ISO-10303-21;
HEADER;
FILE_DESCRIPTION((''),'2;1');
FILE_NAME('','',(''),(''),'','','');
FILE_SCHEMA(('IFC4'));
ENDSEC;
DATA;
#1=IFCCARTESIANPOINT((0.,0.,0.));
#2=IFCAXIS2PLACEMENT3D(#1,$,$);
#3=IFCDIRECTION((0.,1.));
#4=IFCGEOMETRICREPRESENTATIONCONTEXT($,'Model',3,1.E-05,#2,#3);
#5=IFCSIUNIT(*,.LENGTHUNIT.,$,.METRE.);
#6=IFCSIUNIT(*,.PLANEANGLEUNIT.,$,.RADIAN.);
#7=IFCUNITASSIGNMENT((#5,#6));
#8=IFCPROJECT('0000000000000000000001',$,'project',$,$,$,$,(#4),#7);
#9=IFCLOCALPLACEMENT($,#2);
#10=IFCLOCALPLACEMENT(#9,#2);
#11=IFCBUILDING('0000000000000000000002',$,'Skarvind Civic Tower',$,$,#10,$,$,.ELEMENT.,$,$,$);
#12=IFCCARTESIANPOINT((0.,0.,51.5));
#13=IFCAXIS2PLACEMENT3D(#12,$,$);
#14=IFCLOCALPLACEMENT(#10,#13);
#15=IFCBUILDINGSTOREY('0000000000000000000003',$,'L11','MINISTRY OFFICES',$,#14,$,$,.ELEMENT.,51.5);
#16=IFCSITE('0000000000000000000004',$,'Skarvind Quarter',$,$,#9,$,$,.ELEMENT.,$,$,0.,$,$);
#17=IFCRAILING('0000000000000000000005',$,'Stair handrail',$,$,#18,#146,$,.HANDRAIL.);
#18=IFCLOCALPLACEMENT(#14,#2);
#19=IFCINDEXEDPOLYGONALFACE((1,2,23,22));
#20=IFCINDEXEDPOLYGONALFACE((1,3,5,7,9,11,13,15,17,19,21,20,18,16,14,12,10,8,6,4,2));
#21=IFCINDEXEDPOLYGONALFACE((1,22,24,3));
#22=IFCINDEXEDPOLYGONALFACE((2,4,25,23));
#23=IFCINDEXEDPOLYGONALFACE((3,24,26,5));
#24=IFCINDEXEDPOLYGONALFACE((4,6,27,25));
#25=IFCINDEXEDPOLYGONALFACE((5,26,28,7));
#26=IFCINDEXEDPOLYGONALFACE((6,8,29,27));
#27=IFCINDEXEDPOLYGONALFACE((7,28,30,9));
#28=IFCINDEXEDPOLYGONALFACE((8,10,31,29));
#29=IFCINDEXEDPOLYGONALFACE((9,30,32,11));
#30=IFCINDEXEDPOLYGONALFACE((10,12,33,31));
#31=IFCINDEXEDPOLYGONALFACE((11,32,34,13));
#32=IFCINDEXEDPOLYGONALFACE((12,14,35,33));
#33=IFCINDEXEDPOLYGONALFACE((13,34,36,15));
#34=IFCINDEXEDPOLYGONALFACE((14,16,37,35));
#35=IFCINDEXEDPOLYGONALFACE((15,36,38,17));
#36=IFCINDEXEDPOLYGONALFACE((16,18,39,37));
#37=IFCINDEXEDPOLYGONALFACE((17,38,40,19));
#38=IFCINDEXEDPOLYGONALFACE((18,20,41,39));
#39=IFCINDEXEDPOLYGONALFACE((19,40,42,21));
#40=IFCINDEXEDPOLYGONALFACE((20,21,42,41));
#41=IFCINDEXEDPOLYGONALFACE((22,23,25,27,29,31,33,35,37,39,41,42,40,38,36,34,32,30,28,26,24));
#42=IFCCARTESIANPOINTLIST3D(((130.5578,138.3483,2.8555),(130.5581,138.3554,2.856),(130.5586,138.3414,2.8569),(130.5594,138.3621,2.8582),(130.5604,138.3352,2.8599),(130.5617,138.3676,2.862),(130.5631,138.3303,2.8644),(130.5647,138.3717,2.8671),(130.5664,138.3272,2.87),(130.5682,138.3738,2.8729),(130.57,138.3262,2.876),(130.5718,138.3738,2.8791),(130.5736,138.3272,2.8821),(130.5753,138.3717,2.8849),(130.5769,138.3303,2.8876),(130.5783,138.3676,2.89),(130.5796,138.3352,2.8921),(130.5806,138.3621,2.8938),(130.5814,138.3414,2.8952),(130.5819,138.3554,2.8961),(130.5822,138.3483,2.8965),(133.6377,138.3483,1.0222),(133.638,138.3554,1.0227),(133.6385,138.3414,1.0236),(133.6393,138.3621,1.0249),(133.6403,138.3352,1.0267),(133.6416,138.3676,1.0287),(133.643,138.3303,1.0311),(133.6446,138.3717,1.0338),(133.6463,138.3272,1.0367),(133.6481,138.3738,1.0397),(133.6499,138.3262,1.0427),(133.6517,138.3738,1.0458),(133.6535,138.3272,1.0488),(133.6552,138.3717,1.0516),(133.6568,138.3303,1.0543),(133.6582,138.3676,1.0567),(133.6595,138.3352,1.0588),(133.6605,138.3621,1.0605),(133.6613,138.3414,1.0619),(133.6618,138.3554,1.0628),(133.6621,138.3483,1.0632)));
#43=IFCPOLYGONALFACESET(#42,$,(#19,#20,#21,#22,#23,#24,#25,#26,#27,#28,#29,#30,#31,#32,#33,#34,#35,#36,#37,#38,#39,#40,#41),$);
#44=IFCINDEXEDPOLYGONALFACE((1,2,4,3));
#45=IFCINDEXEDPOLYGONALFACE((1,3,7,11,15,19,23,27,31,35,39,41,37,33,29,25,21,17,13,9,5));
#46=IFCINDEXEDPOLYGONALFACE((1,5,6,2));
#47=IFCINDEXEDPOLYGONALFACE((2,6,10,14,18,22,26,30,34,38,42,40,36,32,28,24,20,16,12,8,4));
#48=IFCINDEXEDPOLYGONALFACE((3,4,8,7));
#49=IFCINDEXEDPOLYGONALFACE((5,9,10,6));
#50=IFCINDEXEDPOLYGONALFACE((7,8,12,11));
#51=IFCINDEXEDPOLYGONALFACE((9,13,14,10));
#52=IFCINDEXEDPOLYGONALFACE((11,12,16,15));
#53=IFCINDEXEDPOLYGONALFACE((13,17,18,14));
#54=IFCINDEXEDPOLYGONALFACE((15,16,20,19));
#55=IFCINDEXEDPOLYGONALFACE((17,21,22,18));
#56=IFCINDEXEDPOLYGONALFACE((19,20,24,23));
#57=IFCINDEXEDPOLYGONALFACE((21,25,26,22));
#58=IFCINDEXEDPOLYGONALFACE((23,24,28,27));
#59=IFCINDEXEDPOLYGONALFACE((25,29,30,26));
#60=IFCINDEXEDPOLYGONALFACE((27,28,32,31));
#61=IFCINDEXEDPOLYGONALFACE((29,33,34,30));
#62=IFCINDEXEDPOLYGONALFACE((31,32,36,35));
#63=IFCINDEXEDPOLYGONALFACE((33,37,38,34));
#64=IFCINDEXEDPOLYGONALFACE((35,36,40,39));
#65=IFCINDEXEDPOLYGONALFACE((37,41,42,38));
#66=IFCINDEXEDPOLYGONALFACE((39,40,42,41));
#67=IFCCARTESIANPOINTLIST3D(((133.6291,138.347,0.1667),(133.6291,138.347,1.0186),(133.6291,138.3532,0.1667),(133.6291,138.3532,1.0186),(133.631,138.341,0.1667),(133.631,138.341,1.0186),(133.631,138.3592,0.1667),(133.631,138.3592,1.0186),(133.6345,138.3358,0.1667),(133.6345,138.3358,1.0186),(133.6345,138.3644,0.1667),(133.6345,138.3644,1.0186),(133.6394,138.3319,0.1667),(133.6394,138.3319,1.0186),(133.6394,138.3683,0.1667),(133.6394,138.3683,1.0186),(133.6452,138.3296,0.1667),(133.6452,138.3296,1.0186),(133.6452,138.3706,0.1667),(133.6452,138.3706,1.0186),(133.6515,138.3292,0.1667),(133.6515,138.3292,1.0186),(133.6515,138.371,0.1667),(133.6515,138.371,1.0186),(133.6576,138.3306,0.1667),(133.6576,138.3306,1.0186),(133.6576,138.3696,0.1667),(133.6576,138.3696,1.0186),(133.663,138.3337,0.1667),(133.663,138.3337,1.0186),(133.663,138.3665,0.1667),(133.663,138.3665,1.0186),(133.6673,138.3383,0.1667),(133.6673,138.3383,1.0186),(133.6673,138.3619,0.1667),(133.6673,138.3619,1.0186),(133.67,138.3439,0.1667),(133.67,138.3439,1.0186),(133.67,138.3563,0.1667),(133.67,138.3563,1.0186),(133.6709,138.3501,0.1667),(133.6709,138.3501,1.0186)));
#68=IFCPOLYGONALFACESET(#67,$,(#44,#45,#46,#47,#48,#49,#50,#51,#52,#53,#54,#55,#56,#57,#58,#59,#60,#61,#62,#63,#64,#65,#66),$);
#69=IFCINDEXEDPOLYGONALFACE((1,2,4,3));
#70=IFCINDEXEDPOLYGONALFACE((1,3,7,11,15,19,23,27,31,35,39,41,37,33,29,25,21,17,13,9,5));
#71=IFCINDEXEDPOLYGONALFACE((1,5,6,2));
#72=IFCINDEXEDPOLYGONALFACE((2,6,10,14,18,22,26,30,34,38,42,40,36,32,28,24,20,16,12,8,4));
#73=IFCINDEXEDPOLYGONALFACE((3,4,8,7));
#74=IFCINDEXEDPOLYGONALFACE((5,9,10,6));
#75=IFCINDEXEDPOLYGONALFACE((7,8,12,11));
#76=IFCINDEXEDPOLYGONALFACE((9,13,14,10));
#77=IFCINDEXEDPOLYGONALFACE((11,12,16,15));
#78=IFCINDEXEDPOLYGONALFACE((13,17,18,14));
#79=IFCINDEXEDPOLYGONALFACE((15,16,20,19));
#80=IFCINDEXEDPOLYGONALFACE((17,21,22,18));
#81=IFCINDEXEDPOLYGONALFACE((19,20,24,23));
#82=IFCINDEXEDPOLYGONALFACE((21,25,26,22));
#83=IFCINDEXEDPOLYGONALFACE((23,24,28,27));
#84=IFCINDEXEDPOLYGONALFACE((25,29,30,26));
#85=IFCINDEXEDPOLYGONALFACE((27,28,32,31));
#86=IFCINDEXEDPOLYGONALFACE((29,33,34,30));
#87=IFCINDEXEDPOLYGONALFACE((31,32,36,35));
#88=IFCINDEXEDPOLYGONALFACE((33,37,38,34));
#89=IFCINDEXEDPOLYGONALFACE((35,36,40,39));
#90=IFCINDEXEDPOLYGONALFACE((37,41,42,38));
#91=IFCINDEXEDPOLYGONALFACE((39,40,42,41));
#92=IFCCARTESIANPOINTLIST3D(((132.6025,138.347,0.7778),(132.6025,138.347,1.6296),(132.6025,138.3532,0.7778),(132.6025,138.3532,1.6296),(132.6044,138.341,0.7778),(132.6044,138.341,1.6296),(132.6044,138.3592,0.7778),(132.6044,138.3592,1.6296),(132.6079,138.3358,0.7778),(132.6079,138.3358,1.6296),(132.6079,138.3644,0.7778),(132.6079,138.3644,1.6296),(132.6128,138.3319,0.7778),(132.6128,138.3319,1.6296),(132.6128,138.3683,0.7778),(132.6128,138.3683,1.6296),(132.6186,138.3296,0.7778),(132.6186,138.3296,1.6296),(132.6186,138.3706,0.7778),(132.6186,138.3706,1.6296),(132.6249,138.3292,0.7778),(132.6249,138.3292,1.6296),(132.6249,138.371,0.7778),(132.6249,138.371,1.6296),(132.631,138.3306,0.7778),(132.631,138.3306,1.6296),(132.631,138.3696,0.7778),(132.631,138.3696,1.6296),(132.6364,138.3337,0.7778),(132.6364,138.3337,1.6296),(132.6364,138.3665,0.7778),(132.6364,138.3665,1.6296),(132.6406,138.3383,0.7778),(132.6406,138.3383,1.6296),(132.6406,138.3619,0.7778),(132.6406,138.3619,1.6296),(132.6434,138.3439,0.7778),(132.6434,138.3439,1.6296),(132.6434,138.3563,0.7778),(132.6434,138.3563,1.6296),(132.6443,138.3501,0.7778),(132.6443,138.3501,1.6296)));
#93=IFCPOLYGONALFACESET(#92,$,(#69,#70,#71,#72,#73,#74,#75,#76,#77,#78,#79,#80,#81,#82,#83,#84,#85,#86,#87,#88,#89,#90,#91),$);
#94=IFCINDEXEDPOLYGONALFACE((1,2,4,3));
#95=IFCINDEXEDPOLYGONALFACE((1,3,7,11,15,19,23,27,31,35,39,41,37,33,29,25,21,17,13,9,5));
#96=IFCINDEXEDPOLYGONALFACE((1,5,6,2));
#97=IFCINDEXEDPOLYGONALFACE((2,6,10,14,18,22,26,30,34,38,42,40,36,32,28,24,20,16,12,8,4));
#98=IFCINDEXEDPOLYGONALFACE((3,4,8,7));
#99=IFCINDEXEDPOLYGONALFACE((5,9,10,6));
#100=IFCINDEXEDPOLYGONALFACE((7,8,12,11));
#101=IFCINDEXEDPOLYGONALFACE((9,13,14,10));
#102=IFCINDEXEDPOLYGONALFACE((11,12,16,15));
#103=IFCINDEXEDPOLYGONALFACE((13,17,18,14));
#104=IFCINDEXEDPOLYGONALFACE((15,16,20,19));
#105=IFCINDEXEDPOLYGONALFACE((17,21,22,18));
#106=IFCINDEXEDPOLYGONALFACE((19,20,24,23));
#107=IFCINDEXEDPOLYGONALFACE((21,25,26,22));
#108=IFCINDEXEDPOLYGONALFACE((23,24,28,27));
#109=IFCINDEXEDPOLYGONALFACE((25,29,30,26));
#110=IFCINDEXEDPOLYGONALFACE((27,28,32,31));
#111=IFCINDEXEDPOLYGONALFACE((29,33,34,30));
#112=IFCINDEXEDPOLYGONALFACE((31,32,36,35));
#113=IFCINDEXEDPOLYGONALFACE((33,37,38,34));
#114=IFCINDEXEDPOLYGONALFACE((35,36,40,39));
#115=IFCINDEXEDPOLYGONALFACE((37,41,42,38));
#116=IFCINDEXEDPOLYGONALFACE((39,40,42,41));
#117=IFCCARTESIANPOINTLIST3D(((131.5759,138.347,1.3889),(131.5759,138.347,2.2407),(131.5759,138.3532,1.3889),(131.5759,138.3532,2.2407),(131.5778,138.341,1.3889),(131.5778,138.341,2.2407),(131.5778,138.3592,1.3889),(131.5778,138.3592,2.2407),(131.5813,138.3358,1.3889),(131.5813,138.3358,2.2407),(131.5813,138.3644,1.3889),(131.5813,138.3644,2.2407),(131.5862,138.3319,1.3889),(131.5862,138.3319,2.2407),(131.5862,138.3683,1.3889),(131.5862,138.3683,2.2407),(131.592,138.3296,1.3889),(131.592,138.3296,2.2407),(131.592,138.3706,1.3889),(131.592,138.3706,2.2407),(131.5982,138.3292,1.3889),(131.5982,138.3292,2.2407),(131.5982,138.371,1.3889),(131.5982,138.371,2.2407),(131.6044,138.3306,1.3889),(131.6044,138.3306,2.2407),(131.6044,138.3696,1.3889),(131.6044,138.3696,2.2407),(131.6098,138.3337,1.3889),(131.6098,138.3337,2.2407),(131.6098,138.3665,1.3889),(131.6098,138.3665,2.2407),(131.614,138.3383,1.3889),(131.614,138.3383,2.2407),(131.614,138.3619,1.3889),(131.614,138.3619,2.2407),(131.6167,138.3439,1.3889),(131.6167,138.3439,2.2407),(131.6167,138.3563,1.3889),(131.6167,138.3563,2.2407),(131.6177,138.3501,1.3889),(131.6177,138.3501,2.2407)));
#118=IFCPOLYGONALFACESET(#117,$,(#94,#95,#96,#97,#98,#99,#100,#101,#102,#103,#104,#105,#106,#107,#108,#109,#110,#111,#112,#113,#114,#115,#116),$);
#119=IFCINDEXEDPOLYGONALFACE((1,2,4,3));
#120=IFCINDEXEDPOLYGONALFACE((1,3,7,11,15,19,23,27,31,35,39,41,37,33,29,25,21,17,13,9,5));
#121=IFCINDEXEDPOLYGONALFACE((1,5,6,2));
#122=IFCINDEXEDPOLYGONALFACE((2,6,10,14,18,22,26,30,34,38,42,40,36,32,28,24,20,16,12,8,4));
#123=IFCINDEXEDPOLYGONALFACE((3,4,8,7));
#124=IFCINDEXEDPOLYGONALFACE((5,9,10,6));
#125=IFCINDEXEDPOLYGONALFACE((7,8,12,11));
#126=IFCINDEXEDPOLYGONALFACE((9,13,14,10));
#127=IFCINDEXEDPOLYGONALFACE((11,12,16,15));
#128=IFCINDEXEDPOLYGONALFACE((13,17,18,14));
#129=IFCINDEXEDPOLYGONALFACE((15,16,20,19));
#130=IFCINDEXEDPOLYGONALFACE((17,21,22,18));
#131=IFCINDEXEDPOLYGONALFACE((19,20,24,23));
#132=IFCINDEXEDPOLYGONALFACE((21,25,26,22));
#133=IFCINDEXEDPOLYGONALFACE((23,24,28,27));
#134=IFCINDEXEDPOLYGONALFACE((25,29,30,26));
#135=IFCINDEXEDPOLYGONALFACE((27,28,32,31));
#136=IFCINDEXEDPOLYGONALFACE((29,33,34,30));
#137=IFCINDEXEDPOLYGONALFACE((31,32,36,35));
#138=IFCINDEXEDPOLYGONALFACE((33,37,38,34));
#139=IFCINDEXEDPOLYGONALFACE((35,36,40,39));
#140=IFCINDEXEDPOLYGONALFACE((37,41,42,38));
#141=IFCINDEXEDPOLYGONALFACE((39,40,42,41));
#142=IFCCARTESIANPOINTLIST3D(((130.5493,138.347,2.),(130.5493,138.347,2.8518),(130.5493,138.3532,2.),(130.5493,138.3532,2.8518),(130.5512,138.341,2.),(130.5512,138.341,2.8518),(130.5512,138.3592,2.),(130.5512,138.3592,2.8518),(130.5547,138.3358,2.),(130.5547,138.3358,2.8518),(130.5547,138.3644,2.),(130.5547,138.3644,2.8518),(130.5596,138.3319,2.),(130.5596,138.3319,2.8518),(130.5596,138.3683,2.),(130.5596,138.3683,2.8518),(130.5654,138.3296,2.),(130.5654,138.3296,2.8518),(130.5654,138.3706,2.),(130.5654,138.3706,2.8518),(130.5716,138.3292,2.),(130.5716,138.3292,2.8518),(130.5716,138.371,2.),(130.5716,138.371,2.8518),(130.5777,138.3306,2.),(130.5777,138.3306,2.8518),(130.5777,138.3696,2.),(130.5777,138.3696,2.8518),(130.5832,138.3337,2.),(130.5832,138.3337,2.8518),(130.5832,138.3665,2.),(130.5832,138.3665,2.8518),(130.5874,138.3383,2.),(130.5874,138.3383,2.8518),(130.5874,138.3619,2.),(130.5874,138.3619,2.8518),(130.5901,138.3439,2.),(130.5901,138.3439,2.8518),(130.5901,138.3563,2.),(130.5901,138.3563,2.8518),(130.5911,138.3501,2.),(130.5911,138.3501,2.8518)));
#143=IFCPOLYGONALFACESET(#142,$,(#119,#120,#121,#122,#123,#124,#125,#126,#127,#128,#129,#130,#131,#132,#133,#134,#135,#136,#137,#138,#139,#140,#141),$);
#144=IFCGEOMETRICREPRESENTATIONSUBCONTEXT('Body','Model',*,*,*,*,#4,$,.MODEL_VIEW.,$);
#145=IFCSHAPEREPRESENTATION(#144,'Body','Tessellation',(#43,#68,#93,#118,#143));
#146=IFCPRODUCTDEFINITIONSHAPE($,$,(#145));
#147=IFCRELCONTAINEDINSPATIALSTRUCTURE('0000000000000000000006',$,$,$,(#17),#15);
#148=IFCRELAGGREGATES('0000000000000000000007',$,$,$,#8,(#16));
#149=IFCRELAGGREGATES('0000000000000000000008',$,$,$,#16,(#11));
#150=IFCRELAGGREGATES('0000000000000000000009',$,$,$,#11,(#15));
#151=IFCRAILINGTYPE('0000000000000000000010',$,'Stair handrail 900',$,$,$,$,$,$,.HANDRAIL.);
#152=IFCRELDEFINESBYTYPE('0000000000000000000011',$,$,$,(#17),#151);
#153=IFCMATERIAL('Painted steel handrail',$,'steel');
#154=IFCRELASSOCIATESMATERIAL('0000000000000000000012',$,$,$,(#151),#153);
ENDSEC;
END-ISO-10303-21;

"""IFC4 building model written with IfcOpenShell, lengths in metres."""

from ifc_helpers import new_model, si_unit, direction, frame, origin, origin_2d, place, context, subcontext, project, spatial, circle, extrude, material, type_object, element, save


model = new_model("IFC4")

# Units and contexts
model_context = context("Model", 3, precision=1e-05, world=origin(), true_north=direction((0.0, 1.0)))
body_context = subcontext(model_context, "Body", "Model", "MODEL_VIEW")
ifc_project = project(units=[si_unit("LENGTHUNIT", "METRE"), si_unit("PLANEANGLEUNIT", "RADIAN")], contexts=[model_context])

# Site, building, storey
site_placement = place(None, origin())
site = spatial("IfcSite", under=ifc_project, at=site_placement, Name="Skarvind Quarter", CompositionType="ELEMENT", RefElevation=0.0)
building_placement = place(site_placement, origin())
building = spatial("IfcBuilding", under=site, at=building_placement, Name="Skarvind Civic Tower", CompositionType="ELEMENT")
storey_placement = place(building_placement, frame((0.0, 0.0, 51.5)))
storey = spatial("IfcBuildingStorey", under=building, at=storey_placement, Name="L11", Description="MINISTRY OFFICES", CompositionType="ELEMENT", Elevation=51.5)

# Railing
ifc_material_1 = material(Name="Painted steel handrail", Category="steel")
railing_type = type_object("IfcRailingType", Name="Stair handrail 900", PredefinedType="HANDRAIL", material=ifc_material_1)
railing_1_placement = place(storey_placement, frame((133.6499, 138.3501, 0.1667)))
element("IfcRailing", 1, at=railing_1_placement, inside=storey, type_object=railing_type, Name="Stair handrail", PredefinedType="HANDRAIL", context=body_context, shape_type="SweptSolid", body=[
    extrude(circle(Radius=0.0239, at=origin_2d()), frame((0.0, 0.0, 0.876), z_axis=(-0.859291, 0.0, 0.511487), x_axis=(0.0, -1.0, 0.0)), (0.0, 0.0, 1.0), 3.5842),
    extrude(circle(Radius=0.021, at=origin_2d()), origin(), (0.0, 0.0, 1.0), 0.8518),
    extrude(circle(Radius=0.021, at=origin_2d()), frame((-1.0266, 0.0, 0.6111)), (0.0, 0.0, 1.0), 0.8518),
    extrude(circle(Radius=0.021, at=origin_2d()), frame((-2.0532, 0.0, 1.2222)), (0.0, 0.0, 1.0), 0.8518),
    extrude(circle(Radius=0.021, at=origin_2d()), frame((-3.0798, 0.0, 1.8333)), (0.0, 0.0, 1.0), 0.8518),
])

save(model, "model.ifc")
